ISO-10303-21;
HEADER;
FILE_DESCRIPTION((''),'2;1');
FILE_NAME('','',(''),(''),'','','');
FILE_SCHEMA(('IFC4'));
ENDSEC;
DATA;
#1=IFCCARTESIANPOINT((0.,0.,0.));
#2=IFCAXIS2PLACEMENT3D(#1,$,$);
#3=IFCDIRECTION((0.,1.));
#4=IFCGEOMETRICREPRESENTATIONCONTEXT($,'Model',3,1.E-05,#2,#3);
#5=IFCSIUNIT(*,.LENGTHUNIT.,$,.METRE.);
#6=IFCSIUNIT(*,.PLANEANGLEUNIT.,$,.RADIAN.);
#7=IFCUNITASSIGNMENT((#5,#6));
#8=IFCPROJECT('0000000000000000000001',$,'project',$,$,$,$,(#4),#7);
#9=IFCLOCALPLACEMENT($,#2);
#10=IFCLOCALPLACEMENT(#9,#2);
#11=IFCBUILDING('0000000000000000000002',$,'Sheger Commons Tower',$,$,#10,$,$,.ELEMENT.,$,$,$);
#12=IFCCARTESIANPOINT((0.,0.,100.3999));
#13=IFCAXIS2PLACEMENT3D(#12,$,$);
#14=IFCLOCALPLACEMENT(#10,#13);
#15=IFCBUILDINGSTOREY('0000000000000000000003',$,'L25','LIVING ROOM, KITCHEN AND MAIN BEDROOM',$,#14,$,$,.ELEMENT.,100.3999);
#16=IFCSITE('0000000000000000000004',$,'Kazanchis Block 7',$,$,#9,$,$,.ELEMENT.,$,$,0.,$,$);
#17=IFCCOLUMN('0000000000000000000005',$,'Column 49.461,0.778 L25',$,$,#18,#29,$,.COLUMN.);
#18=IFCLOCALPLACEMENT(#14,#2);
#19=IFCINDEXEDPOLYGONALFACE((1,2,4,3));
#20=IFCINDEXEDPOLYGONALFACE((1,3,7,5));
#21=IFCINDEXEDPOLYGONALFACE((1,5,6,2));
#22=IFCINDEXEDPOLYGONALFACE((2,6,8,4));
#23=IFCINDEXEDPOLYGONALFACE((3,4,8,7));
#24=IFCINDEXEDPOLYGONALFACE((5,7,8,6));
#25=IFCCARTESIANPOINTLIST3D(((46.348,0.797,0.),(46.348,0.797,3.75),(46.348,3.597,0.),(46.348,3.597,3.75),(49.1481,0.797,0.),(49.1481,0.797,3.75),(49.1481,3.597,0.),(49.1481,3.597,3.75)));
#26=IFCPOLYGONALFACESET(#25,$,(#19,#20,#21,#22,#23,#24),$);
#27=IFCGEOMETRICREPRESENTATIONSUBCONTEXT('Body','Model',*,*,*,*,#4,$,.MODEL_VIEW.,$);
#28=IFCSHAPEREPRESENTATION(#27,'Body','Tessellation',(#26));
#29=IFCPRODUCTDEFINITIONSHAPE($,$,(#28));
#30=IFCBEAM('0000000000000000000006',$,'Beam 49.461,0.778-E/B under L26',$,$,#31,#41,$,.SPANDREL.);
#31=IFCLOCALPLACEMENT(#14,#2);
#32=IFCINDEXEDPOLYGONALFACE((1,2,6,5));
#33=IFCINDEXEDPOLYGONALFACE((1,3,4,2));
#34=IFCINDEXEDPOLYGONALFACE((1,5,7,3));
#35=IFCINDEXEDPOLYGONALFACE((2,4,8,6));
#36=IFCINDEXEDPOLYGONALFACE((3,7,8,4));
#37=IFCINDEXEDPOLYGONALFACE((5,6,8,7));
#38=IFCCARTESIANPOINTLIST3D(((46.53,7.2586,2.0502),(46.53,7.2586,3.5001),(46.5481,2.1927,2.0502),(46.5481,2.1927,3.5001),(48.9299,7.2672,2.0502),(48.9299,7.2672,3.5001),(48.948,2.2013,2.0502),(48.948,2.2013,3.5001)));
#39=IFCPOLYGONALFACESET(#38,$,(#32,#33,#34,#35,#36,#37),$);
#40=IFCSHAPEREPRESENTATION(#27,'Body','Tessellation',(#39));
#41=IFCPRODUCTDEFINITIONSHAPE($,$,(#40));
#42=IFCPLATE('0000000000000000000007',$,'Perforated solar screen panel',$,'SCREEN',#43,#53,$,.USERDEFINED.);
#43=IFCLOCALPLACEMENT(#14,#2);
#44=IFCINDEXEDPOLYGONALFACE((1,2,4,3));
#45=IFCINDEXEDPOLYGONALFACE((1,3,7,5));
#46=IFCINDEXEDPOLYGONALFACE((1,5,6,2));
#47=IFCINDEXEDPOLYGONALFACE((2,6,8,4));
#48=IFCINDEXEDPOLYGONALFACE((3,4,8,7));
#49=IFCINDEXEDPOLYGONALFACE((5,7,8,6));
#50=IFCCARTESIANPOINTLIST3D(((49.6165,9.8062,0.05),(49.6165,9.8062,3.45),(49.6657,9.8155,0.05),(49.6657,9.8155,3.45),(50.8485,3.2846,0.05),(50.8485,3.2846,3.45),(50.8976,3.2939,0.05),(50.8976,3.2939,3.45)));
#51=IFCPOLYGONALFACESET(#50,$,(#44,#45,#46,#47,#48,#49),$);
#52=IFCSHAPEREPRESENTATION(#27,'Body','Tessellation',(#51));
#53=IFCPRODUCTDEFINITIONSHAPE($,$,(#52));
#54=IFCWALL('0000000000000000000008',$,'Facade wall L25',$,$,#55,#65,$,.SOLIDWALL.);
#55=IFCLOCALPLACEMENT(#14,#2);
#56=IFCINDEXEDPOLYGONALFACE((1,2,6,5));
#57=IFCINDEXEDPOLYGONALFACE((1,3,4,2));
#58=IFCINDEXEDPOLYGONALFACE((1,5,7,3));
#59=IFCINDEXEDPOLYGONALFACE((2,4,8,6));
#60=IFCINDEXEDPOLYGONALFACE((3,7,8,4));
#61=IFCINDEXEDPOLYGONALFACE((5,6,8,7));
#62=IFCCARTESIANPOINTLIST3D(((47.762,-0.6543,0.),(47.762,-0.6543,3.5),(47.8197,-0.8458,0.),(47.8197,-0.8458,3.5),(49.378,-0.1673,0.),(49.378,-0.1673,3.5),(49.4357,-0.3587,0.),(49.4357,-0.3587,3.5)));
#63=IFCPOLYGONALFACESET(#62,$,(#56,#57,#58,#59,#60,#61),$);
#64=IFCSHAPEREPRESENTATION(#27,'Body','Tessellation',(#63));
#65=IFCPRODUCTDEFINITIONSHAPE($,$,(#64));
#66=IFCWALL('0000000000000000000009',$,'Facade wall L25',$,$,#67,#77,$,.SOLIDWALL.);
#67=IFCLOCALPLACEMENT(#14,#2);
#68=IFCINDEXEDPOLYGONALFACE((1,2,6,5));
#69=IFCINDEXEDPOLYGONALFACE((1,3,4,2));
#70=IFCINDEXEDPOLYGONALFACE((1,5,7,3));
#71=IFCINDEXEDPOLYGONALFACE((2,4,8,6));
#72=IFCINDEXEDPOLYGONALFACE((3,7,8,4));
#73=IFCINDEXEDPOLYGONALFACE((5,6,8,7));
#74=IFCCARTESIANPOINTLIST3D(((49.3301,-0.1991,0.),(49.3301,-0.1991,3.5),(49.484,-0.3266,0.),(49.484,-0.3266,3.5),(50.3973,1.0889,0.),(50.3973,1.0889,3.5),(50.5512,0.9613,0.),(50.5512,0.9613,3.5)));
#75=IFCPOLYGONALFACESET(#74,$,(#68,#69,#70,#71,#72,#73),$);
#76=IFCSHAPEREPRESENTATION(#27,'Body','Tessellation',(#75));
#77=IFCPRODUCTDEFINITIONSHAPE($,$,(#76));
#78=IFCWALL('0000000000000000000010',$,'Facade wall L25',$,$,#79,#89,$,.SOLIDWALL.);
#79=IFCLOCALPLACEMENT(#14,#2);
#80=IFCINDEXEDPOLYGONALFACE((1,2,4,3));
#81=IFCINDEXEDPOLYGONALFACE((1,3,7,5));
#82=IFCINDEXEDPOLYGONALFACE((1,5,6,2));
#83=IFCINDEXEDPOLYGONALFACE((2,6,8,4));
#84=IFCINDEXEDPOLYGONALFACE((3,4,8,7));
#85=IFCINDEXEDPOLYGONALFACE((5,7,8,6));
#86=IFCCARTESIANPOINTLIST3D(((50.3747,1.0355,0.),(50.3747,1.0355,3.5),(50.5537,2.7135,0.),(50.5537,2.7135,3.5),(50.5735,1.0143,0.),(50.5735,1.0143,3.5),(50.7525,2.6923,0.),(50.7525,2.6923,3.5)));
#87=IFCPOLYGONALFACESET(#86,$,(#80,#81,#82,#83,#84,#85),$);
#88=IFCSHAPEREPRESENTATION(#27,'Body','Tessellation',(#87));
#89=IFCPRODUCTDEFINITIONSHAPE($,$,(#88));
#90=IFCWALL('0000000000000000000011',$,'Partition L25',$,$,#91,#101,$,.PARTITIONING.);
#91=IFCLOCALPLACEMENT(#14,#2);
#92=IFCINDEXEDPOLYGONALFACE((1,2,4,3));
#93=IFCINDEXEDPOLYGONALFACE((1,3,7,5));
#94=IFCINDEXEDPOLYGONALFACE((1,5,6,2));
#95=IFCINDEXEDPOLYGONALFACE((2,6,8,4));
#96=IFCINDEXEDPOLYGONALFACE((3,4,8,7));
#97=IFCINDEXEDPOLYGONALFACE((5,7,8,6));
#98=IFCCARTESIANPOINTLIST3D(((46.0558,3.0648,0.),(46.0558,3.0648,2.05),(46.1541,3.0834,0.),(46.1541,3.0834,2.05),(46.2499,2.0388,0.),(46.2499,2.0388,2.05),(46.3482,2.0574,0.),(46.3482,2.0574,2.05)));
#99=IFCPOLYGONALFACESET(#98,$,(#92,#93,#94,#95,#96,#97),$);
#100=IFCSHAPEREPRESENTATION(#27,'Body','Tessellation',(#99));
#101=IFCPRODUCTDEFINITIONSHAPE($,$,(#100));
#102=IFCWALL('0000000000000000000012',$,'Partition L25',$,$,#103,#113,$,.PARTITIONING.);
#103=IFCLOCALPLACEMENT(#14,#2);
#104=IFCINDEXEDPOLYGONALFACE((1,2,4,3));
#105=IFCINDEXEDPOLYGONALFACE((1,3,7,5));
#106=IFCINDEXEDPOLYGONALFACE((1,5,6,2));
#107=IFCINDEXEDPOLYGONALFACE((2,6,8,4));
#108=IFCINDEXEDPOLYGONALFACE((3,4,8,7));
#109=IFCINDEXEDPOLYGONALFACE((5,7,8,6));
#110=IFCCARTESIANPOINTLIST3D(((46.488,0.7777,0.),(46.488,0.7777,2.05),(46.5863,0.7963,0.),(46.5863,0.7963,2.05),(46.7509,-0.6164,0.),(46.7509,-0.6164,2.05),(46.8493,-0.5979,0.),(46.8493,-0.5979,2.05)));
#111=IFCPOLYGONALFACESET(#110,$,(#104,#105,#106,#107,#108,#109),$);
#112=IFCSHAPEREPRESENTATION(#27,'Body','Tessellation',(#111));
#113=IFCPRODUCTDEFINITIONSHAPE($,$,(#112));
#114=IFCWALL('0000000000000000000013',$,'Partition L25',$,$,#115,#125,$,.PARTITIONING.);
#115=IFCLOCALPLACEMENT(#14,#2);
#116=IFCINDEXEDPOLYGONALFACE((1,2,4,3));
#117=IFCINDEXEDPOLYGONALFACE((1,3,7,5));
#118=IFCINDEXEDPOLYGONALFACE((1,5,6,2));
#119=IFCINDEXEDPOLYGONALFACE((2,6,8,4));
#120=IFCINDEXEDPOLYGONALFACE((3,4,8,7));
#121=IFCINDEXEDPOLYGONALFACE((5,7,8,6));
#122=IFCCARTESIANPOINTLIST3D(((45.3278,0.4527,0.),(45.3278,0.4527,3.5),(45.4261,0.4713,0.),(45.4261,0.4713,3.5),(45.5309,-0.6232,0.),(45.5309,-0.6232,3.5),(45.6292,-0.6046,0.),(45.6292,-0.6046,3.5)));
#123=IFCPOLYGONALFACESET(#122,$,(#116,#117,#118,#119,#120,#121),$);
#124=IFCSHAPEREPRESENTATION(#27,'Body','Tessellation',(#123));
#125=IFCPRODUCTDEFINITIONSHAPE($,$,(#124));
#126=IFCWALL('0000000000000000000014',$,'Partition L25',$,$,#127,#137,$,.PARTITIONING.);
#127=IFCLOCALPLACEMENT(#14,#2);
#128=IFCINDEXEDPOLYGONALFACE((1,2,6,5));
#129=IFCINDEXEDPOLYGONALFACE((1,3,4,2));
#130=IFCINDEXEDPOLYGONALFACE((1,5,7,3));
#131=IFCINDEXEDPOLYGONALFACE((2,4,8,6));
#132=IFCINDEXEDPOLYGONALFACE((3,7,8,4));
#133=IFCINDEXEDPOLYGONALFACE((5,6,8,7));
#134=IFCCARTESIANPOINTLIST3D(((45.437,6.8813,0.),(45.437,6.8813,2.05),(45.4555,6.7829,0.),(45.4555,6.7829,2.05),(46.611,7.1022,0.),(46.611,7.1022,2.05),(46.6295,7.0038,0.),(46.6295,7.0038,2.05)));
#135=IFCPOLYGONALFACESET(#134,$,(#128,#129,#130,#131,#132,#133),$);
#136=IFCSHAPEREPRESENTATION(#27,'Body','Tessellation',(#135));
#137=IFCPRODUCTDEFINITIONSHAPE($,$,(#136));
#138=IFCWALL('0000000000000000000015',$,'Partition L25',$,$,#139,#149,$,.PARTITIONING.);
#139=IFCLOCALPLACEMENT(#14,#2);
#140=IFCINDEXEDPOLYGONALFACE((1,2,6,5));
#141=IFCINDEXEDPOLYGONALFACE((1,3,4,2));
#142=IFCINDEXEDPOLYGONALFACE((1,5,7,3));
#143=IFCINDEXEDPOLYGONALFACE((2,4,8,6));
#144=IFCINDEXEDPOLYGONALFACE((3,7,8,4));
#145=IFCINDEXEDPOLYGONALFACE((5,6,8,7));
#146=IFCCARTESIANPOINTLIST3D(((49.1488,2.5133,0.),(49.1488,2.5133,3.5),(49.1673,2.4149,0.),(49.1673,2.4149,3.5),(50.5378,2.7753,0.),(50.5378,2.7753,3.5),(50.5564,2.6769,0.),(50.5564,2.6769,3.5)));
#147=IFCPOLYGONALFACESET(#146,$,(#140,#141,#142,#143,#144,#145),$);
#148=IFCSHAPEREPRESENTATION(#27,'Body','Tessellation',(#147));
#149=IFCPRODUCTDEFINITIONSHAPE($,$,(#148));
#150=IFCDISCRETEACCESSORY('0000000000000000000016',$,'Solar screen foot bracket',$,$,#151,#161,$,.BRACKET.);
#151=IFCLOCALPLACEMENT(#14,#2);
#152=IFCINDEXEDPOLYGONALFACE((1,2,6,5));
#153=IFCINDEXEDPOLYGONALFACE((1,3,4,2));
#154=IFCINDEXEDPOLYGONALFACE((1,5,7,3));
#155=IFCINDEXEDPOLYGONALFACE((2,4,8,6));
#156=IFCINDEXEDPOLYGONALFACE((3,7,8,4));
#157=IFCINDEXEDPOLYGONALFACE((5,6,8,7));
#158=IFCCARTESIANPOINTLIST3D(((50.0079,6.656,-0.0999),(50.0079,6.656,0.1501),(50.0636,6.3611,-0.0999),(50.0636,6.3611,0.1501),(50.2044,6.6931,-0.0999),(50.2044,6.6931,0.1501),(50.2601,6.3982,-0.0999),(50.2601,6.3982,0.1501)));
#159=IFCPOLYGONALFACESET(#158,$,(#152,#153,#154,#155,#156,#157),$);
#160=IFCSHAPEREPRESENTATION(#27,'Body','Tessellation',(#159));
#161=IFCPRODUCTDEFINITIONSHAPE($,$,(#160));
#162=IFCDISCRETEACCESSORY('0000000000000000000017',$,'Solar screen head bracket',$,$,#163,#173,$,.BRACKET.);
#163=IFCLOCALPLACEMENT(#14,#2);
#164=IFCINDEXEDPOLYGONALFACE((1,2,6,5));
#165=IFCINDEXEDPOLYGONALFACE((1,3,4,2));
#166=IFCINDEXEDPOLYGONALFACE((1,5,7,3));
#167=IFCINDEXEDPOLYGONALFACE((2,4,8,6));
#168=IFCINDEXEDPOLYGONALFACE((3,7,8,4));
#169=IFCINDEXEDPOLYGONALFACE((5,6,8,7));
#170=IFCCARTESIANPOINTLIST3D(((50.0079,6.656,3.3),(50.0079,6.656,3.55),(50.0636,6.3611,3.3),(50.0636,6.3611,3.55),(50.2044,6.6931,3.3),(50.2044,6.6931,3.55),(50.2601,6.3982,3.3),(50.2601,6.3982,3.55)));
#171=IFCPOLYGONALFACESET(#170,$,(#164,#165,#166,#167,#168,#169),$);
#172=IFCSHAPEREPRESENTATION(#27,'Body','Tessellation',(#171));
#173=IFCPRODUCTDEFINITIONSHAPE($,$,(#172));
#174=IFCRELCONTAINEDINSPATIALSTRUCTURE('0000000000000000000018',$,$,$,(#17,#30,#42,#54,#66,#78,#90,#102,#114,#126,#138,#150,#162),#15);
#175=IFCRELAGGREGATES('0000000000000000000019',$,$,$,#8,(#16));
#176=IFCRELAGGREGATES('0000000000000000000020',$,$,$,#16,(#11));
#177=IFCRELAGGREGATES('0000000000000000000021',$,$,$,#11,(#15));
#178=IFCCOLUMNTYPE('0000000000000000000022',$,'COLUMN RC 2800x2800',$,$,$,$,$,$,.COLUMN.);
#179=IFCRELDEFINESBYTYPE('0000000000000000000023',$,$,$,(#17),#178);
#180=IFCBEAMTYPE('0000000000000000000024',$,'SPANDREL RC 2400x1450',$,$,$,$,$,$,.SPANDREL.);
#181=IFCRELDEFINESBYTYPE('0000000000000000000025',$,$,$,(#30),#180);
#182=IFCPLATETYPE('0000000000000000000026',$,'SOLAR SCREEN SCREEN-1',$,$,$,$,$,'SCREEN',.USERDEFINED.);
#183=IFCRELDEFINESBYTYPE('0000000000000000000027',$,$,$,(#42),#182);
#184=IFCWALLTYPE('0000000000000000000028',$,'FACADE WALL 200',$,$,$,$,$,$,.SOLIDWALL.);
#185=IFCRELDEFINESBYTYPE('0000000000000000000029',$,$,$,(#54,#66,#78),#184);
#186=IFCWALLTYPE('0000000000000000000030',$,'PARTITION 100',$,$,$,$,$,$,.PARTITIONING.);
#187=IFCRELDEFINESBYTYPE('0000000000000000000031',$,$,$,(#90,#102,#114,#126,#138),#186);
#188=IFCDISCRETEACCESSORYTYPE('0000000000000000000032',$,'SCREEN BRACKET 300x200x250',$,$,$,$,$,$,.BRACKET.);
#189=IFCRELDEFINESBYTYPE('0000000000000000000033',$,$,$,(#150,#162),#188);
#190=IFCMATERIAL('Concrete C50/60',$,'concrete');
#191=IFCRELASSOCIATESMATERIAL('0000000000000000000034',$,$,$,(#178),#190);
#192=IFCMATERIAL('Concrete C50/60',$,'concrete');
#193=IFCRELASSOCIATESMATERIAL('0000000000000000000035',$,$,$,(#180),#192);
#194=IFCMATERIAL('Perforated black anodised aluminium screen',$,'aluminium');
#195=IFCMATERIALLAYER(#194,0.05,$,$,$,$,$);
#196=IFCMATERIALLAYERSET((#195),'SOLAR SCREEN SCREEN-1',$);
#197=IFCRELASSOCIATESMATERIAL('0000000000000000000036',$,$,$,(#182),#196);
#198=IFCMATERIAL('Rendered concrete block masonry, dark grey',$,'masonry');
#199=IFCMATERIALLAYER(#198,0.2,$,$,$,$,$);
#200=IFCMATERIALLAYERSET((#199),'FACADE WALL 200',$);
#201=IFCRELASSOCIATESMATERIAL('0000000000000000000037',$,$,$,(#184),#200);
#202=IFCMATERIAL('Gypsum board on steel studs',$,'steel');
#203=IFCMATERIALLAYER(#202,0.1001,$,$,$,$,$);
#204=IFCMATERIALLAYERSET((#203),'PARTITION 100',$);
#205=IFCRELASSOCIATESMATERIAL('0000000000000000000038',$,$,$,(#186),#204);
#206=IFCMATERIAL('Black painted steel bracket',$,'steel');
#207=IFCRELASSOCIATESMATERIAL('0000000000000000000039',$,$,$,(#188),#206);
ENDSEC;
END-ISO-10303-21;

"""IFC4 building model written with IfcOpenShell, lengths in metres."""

from ifc_helpers import new_model, si_unit, direction, frame, frame_2d, origin, origin_2d, place, context, subcontext, project, spatial, rectangle, extrude, material, layer, layer_set, material_profile, profile_set, type_object, element, save


model = new_model("IFC4")

# Units and contexts
model_context = context("Model", 3, precision=1e-05, world=origin(), true_north=direction((0.0, 1.0)))
body_context = subcontext(model_context, "Body", "Model", "MODEL_VIEW")
ifc_project = project(units=[si_unit("LENGTHUNIT", "METRE"), si_unit("PLANEANGLEUNIT", "RADIAN")], contexts=[model_context])

# Site, building, storey
site_placement = place(None, origin())
site = spatial("IfcSite", under=ifc_project, at=site_placement, Name="Kazanchis Block 7", CompositionType="ELEMENT", RefElevation=0.0)
building_placement = place(site_placement, origin())
building = spatial("IfcBuilding", under=site, at=building_placement, Name="Sheger Commons Tower", CompositionType="ELEMENT")
storey_placement = place(building_placement, frame((0.0, 0.0, 100.3999)))
storey = spatial("IfcBuildingStorey", under=building, at=storey_placement, Name="L25", Description="LIVING ROOM, KITCHEN AND MAIN BEDROOM", CompositionType="ELEMENT", Elevation=100.3999)

# Column
ifc_material_1 = material(Name="Concrete C50/60", Category="concrete")
ifc_material_profile_1 = material_profile(ifc_material_1, rectangle(XDim=2.8, YDim=2.8, at=origin_2d()), Name="RC 2800x2800")
ifc_profile_set_1 = profile_set([ifc_material_profile_1], Name="Concrete C50/60")
column_type = type_object("IfcColumnType", Name="COLUMN RC 2800x2800", PredefinedType="COLUMN", material=ifc_profile_set_1)
column_placement = place(storey_placement, frame((47.748, 2.197, 0.0), z_axis=(0.0, 0.0, 1.0), x_axis=(1.0, 0.0, 0.0)))
element("IfcColumn", 1, at=column_placement, inside=storey, type_object=column_type, Name="Column 49.461,0.778 L25", PredefinedType="COLUMN", context=body_context, shape_type="SweptSolid", body=[
    extrude(rectangle(XDim=2.8, YDim=2.8, at=origin_2d()), origin(), (0.0, 0.0, 1.0), 3.75),
])

# Beam
ifc_material_2 = material(Name="Concrete C50/60", Category="concrete")
ifc_material_profile_2 = material_profile(ifc_material_2, rectangle(XDim=2.3999, YDim=1.45, at=origin_2d()), Name="RC 2400x1450")
ifc_profile_set_2 = profile_set([ifc_material_profile_2], Name="Concrete C50/60")
beam_type = type_object("IfcBeamType", Name="SPANDREL RC 2400x1450", PredefinedType="SPANDREL", material=ifc_profile_set_2)
beam_placement = place(storey_placement, frame((47.748, 2.197, 2.7751), z_axis=(-0.003566, 0.999994, 0.0), x_axis=(-0.999994, -0.003566, 0.0)))
element("IfcBeam", 2, at=beam_placement, inside=storey, type_object=beam_type, Name="Beam 49.461,0.778-E/B under L26", PredefinedType="SPANDREL", context=body_context, shape_type="SweptSolid", body=[
    extrude(rectangle(XDim=2.3999, YDim=1.45, at=origin_2d()), origin(), (0.0, 0.0, 1.0), 5.0659),
])

# Plate
ifc_material_3 = material(Name="Perforated black anodised aluminium screen", Category="aluminium")
ifc_layer_1 = layer(ifc_material_3, 0.05)
ifc_layer_set_1 = layer_set([ifc_layer_1], Name="SOLAR SCREEN SCREEN-1")
plate_type = type_object("IfcPlateType", Name="SOLAR SCREEN SCREEN-1", ElementType="SCREEN", PredefinedType="USERDEFINED", material=ifc_layer_set_1)
plate_placement = place(storey_placement, frame((50.2571, 6.55, 0.05), z_axis=(0.0, 0.0, 1.0), x_axis=(-0.185615, 0.982623, 0.0)))
element("IfcPlate", 3, at=plate_placement, inside=storey, type_object=plate_type, Name="Perforated solar screen panel", ObjectType="SCREEN", PredefinedType="USERDEFINED", context=body_context, shape_type="SweptSolid", body=[
    extrude(rectangle(XDim=6.637, YDim=0.05, at=origin_2d()), origin(), (0.0, 0.0, 1.0), 3.3999),
])

# Walls
ifc_material_4 = material(Name="Rendered concrete block masonry, dark grey", Category="masonry")
ifc_layer_2 = layer(ifc_material_4, 0.2)
ifc_layer_set_2 = layer_set([ifc_layer_2], Name="FACADE WALL 200")
wall_type_1 = type_object("IfcWallType", Name="FACADE WALL 200", PredefinedType="SOLIDWALL", material=ifc_layer_set_2)
wall_1_placement = place(storey_placement, frame((47.791, -0.75, 0.0), z_axis=(0.0, 0.0, 1.0), x_axis=(0.957455, 0.288582, 0.0)))
element("IfcWall", 4, at=wall_1_placement, inside=storey, type_object=wall_type_1, Name="Facade wall L25", PredefinedType="SOLIDWALL", context=body_context, shape_type="SweptSolid", body=[
    extrude(rectangle(XDim=1.6877, YDim=0.2, at=frame_2d((0.8438, 0.0))), origin(), (0.0, 0.0, 1.0), 3.5),
])
wall_2_placement = place(storey_placement, frame((49.407, -0.2629, 0.0), z_axis=(0.0, 0.0, 1.0), x_axis=(0.638043, 0.770001, 0.0)))
element("IfcWall", 5, at=wall_2_placement, inside=storey, type_object=wall_type_1, Name="Facade wall L25", PredefinedType="SOLIDWALL", context=body_context, shape_type="SweptSolid", body=[
    extrude(rectangle(XDim=1.6726, YDim=0.2, at=frame_2d((0.8364, 0.0))), origin(), (0.0, 0.0, 1.0), 3.5),
])
wall_3_placement = place(storey_placement, frame((50.4741, 1.0249, 0.0), z_axis=(0.0, 0.0, 1.0), x_axis=(0.106048, 0.994361, 0.0)))
element("IfcWall", 6, at=wall_3_placement, inside=storey, type_object=wall_type_1, Name="Facade wall L25", PredefinedType="SOLIDWALL", context=body_context, shape_type="SweptSolid", body=[
    extrude(rectangle(XDim=1.6875, YDim=0.2, at=frame_2d((0.8438, 0.0))), origin(), (0.0, 0.0, 1.0), 3.5),
])

# Walls
ifc_material_5 = material(Name="Gypsum board on steel studs", Category="steel")
ifc_layer_3 = layer(ifc_material_5, 0.1001)
ifc_layer_set_3 = layer_set([ifc_layer_3], Name="PARTITION 100")
wall_type_2 = type_object("IfcWallType", Name="PARTITION 100", PredefinedType="PARTITIONING", material=ifc_layer_set_3)
wall_4_placement = place(storey_placement, frame((46.105, 3.074, 0.0), z_axis=(0.0, 0.0, 1.0), x_axis=(0.185898, -0.982569, 0.0)))
element("IfcWall", 7, at=wall_4_placement, inside=storey, type_object=wall_type_2, Name="Partition L25", PredefinedType="PARTITIONING", context=body_context, shape_type="SweptSolid", body=[
    extrude(rectangle(XDim=1.0442, YDim=0.1001, at=frame_2d((0.522, 0.0))), origin(), (0.0, 0.0, 1.0), 2.05),
])
wall_5_placement = place(storey_placement, frame((46.5371, 0.7871, 0.0), z_axis=(0.0, 0.0, 1.0), x_axis=(0.185348, -0.982673, 0.0)))
element("IfcWall", 8, at=wall_5_placement, inside=storey, type_object=wall_type_2, Name="Partition L25", PredefinedType="PARTITIONING", context=body_context, shape_type="SweptSolid", body=[
    extrude(rectangle(XDim=1.4187, YDim=0.1001, at=frame_2d((0.7095, 0.0))), origin(), (0.0, 0.0, 1.0), 2.05),
])
wall_6_placement = place(storey_placement, frame((45.377, 0.4619, 0.0), z_axis=(0.0, 0.0, 1.0), x_axis=(0.185513, -0.982642, 0.0)))
element("IfcWall", 9, at=wall_6_placement, inside=storey, type_object=wall_type_2, Name="Partition L25", PredefinedType="PARTITIONING", context=body_context, shape_type="SweptSolid", body=[
    extrude(rectangle(XDim=1.095, YDim=0.1001, at=frame_2d((0.5474, 0.0))), origin(), (0.0, 0.0, 1.0), 3.5),
])
wall_7_placement = place(storey_placement, frame((46.6201, 7.053, 0.0), z_axis=(0.0, 0.0, 1.0), x_axis=(-0.982749, -0.184942, 0.0)))
element("IfcWall", 10, at=wall_7_placement, inside=storey, type_object=wall_type_2, Name="Partition L25", PredefinedType="PARTITIONING", context=body_context, shape_type="SweptSolid", body=[
    extrude(rectangle(XDim=1.1946, YDim=0.1001, at=frame_2d((0.5972, 0.0))), origin(), (0.0, 0.0, 1.0), 2.05),
])
wall_8_placement = place(storey_placement, frame((50.5471, 2.7261, 0.0), z_axis=(0.0, 0.0, 1.0), x_axis=(-0.98268, -0.18531, 0.0)))
element("IfcWall", 11, at=wall_8_placement, inside=storey, type_object=wall_type_2, Name="Partition L25", PredefinedType="PARTITIONING", context=body_context, shape_type="SweptSolid", body=[
    extrude(rectangle(XDim=1.4136, YDim=0.1001, at=frame_2d((0.7068, 0.0))), origin(), (0.0, 0.0, 1.0), 3.5),
])

# Discrete accessories
ifc_material_6 = material(Name="Black painted steel bracket", Category="steel")
discrete_accessory_type = type_object("IfcDiscreteAccessoryType", Name="SCREEN BRACKET 300x200x250", PredefinedType="BRACKET", material=ifc_material_6)
for number, where, z_axis, x_axis, name in (
    (12, (50.134, 6.5271, -0.0999), (0.0, 0.0, 1.0), (-0.185615, 0.982623, 0.0), "Solar screen foot bracket"),
    (13, (50.134, 6.5271, 3.3), (0.0, 0.0, 1.0), (-0.185615, 0.982623, 0.0), "Solar screen head bracket"),
):
    element("IfcDiscreteAccessory", number, at=place(storey_placement, frame(where, z_axis=z_axis, x_axis=x_axis)), inside=storey, type_object=discrete_accessory_type, Name=name, PredefinedType="BRACKET", context=body_context, shape_type="SweptSolid", body=[
        extrude(rectangle(XDim=0.3, YDim=0.2, at=origin_2d()), origin(), (0.0, 0.0, 1.0), 0.25),
    ])

save(model, "model.ifc")
